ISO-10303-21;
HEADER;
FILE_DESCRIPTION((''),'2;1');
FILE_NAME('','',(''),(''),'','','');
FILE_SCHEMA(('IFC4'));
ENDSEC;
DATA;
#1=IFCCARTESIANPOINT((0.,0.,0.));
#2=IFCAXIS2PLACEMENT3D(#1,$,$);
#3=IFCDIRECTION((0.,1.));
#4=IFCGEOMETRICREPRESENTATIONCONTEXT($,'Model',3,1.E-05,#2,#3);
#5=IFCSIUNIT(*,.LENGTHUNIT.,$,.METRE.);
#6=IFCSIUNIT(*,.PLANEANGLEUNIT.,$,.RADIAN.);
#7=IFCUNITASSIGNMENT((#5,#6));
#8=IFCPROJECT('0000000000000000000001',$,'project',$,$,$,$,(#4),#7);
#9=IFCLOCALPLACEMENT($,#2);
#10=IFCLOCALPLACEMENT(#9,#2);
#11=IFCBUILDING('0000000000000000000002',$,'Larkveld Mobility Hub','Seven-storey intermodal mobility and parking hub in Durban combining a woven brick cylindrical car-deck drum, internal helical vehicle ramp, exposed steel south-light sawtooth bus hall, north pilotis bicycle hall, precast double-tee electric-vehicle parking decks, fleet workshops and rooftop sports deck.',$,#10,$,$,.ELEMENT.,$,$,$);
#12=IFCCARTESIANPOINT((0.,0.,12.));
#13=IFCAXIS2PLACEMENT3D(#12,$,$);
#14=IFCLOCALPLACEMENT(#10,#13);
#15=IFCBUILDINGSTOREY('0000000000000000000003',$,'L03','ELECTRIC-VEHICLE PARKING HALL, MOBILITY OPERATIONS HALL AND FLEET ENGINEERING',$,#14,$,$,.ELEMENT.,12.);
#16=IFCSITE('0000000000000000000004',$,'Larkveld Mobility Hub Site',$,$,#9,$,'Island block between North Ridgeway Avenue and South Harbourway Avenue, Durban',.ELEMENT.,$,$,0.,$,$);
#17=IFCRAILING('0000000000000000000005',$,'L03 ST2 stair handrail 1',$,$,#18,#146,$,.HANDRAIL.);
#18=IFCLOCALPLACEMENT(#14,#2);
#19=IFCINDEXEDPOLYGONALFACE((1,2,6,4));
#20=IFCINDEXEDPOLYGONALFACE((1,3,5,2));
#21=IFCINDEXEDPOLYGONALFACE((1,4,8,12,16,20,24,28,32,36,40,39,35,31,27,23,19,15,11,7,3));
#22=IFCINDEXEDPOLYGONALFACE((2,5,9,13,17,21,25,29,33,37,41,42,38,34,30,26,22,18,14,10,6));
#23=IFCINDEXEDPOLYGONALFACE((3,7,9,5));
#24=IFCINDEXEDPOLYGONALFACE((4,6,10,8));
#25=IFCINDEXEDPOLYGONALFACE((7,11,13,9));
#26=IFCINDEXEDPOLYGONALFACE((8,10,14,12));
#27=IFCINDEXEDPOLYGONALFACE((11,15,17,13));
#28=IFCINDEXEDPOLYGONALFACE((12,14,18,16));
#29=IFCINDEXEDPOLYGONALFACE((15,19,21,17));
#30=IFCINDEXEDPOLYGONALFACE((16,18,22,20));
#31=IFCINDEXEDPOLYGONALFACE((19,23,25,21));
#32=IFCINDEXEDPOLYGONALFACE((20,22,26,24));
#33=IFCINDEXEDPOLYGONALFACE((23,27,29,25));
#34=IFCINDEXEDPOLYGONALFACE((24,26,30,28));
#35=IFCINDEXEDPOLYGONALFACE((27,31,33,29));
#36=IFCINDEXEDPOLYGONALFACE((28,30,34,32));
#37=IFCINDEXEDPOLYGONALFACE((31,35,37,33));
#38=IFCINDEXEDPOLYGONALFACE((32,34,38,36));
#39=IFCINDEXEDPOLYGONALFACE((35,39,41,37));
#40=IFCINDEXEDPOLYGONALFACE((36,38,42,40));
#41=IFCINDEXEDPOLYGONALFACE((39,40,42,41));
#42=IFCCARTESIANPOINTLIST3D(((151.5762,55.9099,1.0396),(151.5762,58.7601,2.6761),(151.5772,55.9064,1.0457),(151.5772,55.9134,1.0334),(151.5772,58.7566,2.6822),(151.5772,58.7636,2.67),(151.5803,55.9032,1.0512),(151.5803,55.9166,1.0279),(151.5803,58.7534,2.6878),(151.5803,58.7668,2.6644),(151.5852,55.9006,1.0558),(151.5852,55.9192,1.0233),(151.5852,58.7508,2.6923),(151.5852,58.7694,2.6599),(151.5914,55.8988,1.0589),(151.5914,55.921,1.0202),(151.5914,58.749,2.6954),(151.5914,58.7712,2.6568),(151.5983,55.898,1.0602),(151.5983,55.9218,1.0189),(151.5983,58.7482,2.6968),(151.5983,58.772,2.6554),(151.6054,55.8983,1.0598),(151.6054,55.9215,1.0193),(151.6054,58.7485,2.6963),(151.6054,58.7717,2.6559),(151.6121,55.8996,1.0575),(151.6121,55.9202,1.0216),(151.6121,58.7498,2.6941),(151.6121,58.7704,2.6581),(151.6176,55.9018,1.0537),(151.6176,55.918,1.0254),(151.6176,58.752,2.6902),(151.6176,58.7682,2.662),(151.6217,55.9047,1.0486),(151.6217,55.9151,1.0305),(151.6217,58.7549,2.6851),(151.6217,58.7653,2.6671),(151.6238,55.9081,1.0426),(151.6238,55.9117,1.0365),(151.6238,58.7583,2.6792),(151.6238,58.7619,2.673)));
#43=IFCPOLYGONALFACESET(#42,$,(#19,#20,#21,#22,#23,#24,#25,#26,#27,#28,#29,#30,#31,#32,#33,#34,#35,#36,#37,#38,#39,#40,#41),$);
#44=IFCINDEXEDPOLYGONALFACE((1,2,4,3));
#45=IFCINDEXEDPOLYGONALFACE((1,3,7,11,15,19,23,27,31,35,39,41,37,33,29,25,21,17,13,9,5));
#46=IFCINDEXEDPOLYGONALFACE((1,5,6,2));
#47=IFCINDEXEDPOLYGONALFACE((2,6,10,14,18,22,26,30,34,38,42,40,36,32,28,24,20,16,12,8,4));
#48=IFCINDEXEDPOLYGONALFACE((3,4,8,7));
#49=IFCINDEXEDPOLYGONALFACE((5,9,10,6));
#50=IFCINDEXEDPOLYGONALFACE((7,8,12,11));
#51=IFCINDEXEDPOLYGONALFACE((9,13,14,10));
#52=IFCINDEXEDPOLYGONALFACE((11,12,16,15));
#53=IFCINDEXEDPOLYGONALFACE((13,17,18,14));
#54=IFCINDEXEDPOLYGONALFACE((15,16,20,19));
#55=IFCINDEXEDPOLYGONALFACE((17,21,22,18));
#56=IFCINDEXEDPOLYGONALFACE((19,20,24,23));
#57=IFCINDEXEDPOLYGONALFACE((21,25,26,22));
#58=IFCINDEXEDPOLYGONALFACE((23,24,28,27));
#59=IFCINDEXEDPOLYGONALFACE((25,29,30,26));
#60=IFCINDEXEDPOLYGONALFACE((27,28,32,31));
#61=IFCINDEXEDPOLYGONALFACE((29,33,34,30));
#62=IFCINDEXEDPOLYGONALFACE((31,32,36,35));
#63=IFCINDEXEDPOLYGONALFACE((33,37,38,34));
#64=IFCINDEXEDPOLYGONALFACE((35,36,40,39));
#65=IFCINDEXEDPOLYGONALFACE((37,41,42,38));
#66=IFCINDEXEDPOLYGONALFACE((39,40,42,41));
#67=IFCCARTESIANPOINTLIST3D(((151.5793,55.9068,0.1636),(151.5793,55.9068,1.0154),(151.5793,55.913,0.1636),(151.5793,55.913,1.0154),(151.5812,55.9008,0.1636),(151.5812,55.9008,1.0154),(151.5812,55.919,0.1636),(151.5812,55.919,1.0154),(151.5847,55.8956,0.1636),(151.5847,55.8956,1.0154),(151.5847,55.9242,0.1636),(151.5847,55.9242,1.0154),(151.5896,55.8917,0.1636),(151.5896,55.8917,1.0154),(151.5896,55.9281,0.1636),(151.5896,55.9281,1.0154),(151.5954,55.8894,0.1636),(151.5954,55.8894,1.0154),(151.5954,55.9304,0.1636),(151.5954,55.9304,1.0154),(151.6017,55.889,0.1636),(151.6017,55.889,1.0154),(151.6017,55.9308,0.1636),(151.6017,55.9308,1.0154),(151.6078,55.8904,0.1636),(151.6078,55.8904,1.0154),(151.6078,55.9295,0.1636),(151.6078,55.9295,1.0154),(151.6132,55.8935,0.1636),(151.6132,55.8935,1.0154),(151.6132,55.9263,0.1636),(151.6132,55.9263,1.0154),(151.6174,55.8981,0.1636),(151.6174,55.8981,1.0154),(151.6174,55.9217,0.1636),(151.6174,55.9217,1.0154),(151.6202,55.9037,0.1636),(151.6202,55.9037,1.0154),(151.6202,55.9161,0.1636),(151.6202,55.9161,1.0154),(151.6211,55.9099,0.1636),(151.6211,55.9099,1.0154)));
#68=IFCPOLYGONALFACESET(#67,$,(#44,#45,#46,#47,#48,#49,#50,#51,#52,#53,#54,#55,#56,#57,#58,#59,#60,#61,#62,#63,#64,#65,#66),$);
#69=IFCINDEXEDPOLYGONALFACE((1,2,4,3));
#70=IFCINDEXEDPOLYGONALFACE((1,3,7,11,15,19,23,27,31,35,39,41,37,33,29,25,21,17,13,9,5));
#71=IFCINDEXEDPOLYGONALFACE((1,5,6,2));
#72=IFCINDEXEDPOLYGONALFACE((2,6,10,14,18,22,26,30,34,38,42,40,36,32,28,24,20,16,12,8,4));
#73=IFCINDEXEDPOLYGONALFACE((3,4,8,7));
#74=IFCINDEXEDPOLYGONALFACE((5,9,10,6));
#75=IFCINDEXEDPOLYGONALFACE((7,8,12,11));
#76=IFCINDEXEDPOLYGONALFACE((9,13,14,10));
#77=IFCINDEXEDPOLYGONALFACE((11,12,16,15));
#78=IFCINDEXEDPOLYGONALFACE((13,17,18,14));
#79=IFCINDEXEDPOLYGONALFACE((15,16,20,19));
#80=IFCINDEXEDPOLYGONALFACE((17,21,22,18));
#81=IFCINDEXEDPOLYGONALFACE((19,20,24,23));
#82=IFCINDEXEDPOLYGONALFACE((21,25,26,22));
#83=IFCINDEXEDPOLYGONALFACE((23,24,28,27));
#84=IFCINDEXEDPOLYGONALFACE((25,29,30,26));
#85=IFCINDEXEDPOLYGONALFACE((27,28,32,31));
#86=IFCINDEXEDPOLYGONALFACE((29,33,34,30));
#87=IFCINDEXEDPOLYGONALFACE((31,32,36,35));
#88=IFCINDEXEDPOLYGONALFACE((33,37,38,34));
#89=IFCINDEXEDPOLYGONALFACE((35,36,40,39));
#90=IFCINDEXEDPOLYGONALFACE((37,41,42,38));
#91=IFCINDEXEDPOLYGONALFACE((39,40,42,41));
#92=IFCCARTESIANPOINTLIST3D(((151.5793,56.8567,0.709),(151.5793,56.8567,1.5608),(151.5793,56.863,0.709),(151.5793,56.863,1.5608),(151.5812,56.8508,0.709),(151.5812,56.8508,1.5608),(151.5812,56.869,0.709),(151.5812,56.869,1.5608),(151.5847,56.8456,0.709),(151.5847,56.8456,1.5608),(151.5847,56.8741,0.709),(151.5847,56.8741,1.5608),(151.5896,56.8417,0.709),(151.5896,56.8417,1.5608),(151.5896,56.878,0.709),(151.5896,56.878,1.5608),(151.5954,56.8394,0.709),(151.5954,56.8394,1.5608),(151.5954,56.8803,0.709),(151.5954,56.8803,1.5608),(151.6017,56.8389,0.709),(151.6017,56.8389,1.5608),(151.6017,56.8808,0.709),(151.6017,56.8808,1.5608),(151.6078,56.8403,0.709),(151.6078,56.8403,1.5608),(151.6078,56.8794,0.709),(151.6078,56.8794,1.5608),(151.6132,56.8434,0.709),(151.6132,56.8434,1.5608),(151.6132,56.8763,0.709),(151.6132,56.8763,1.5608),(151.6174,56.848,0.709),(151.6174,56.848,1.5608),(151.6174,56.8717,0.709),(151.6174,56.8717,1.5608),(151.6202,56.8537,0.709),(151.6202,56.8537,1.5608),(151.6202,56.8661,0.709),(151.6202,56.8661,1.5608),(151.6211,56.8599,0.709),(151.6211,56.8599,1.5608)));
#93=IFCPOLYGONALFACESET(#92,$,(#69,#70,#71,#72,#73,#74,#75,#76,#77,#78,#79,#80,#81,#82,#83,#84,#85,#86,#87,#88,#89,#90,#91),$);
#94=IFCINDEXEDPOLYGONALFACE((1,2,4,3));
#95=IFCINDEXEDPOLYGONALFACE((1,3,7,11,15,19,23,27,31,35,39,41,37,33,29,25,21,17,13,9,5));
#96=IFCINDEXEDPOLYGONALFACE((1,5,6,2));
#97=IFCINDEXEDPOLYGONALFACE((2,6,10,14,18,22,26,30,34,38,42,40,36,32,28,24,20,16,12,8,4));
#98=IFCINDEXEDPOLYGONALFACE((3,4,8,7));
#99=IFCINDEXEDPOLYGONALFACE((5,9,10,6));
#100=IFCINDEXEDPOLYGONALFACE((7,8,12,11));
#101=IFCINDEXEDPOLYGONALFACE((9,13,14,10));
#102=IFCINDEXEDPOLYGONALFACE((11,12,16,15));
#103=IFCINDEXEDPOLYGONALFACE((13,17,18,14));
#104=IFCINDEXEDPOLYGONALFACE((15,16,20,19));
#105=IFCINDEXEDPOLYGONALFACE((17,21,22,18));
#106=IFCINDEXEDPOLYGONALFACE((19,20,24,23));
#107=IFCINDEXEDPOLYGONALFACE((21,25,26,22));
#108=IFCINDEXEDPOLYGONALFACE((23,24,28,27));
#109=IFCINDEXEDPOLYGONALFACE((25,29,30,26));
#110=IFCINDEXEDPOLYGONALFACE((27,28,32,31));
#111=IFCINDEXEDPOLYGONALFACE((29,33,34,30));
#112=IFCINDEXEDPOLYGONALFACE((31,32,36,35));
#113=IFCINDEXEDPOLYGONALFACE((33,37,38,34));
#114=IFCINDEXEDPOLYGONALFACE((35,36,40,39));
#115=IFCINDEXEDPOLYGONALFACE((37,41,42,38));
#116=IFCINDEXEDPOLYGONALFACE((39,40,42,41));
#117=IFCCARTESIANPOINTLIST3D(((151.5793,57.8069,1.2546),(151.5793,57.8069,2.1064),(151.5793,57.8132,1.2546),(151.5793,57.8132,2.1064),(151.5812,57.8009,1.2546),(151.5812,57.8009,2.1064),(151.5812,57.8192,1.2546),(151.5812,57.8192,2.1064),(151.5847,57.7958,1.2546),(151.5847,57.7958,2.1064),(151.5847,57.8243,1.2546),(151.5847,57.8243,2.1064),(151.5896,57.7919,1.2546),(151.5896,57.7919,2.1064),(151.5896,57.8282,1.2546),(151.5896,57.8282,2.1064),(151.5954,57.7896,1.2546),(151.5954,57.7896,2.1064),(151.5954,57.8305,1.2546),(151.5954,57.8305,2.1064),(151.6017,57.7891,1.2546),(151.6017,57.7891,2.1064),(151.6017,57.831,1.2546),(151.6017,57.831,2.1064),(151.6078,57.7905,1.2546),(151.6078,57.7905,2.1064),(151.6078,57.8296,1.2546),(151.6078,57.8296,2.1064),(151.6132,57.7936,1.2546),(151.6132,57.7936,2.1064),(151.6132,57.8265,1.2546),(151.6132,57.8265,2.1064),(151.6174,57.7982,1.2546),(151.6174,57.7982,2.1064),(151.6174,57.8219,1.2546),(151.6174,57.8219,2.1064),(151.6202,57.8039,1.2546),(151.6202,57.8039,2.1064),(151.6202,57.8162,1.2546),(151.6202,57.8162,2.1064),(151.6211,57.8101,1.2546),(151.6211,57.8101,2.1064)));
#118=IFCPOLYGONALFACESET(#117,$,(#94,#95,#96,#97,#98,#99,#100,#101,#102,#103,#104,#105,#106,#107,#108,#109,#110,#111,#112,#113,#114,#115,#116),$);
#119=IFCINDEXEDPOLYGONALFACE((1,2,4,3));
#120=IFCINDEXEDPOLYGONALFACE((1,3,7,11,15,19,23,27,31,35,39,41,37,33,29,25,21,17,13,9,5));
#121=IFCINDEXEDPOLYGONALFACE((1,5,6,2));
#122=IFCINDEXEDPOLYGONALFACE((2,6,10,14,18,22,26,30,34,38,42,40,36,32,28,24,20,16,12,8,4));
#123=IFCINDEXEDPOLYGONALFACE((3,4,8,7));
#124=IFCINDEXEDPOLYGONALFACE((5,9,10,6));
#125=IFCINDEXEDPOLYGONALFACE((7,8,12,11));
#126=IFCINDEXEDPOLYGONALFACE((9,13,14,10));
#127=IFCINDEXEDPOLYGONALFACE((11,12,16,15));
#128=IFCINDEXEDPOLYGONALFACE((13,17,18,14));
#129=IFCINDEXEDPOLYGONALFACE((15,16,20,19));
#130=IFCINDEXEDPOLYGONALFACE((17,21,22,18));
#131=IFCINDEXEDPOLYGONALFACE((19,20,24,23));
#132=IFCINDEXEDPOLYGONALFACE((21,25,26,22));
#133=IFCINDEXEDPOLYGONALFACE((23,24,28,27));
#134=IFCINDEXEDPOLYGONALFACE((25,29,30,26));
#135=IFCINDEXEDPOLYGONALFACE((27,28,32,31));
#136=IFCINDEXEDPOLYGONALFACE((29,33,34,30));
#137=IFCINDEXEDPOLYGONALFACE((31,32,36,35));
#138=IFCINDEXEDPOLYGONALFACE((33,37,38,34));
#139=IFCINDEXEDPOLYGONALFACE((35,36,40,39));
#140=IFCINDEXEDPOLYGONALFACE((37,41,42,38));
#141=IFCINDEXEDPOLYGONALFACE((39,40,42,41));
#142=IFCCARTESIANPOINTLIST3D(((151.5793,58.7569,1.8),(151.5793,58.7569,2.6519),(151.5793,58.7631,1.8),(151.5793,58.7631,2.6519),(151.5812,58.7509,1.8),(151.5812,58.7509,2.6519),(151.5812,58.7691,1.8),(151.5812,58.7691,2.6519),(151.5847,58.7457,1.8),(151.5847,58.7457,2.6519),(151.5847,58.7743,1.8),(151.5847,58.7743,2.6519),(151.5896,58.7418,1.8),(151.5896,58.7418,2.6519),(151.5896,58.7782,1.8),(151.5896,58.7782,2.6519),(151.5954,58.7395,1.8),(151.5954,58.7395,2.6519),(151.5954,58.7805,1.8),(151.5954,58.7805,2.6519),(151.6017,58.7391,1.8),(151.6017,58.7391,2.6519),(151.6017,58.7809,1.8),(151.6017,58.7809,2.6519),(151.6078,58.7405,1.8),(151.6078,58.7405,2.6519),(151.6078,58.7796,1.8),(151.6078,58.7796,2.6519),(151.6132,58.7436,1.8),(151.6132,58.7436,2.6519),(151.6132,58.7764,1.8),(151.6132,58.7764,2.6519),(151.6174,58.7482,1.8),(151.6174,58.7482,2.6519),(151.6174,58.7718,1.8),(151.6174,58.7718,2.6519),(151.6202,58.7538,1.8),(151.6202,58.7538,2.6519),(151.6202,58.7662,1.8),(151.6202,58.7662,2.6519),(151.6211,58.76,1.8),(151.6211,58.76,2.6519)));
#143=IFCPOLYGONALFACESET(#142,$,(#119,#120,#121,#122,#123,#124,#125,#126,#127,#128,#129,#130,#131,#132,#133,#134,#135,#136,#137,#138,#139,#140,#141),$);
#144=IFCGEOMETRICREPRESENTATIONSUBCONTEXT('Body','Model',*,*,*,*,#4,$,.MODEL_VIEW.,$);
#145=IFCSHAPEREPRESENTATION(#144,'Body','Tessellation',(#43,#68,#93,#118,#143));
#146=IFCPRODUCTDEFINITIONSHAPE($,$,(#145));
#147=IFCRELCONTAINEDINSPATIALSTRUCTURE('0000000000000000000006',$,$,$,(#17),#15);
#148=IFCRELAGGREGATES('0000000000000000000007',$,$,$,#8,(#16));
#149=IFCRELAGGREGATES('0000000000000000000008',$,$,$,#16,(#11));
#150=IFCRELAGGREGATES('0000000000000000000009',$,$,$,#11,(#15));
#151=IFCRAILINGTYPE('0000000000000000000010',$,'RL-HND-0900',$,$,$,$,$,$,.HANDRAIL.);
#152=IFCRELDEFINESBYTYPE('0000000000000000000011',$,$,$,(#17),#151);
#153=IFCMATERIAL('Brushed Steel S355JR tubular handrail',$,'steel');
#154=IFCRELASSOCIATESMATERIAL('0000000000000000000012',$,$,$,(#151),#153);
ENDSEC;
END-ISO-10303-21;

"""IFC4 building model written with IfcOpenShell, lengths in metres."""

from ifc_helpers import new_model, si_unit, direction, frame, origin, origin_2d, place, context, subcontext, project, spatial, circle, extrude, material, type_object, element, save


model = new_model("IFC4")

# Units and contexts
model_context = context("Model", 3, precision=1e-05, world=origin(), true_north=direction((0.0, 1.0)))
body_context = subcontext(model_context, "Body", "Model", "MODEL_VIEW")
ifc_project = project(units=[si_unit("LENGTHUNIT", "METRE"), si_unit("PLANEANGLEUNIT", "RADIAN")], contexts=[model_context])

# Site, building, storey
site_placement = place(None, origin())
site = spatial("IfcSite", under=ifc_project, at=site_placement, Name="Larkveld Mobility Hub Site", LongName="Island block between North Ridgeway Avenue and South Harbourway Avenue, Durban", CompositionType="ELEMENT", RefElevation=0.0)
building_placement = place(site_placement, origin())
building = spatial("IfcBuilding", under=site, at=building_placement, Name="Larkveld Mobility Hub", Description="Seven-storey intermodal mobility and parking hub in Durban combining a woven brick cylindrical car-deck drum, internal helical vehicle ramp, exposed steel south-light sawtooth bus hall, north pilotis bicycle hall, precast double-tee electric-vehicle parking decks, fleet workshops and rooftop sports deck.", CompositionType="ELEMENT")
storey_placement = place(building_placement, frame((0.0, 0.0, 12.0)))
storey = spatial("IfcBuildingStorey", under=building, at=storey_placement, Name="L03", Description="ELECTRIC-VEHICLE PARKING HALL, MOBILITY OPERATIONS HALL AND FLEET ENGINEERING", CompositionType="ELEMENT", Elevation=12.0)

# Railing
ifc_material_1 = material(Name="Brushed Steel S355JR tubular handrail", Category="steel")
railing_type_1 = type_object("IfcRailingType", Name="RL-HND-0900", PredefinedType="HANDRAIL", material=ifc_material_1)
railing_1_placement = place(storey_placement, frame((151.6001, 55.9099, 0.1636)))
element("IfcRailing", 1, at=railing_1_placement, inside=storey, type_object=railing_type_1, Name="L03 ST2 stair handrail 1", PredefinedType="HANDRAIL", context=body_context, shape_type="SweptSolid", body=[
    extrude(circle(Radius=0.0239, at=origin_2d()), frame((0.0, 0.0, 0.876), z_axis=(0.0, 0.867213, 0.497938), x_axis=(-1.0, 0.0, 0.0)), (0.0, 0.0, 1.0), 3.2866),
    extrude(circle(Radius=0.021, at=origin_2d()), origin(), (0.0, 0.0, 1.0), 0.8518),
    extrude(circle(Radius=0.021, at=origin_2d()), frame((0.0, 0.95, 0.5454)), (0.0, 0.0, 1.0), 0.8518),
    extrude(circle(Radius=0.021, at=origin_2d()), frame((0.0, 1.9001, 1.0911)), (0.0, 0.0, 1.0), 0.8518),
    extrude(circle(Radius=0.021, at=origin_2d()), frame((0.0, 2.8501, 1.6365)), (0.0, 0.0, 1.0), 0.8518),
])

save(model, "model.ifc")
